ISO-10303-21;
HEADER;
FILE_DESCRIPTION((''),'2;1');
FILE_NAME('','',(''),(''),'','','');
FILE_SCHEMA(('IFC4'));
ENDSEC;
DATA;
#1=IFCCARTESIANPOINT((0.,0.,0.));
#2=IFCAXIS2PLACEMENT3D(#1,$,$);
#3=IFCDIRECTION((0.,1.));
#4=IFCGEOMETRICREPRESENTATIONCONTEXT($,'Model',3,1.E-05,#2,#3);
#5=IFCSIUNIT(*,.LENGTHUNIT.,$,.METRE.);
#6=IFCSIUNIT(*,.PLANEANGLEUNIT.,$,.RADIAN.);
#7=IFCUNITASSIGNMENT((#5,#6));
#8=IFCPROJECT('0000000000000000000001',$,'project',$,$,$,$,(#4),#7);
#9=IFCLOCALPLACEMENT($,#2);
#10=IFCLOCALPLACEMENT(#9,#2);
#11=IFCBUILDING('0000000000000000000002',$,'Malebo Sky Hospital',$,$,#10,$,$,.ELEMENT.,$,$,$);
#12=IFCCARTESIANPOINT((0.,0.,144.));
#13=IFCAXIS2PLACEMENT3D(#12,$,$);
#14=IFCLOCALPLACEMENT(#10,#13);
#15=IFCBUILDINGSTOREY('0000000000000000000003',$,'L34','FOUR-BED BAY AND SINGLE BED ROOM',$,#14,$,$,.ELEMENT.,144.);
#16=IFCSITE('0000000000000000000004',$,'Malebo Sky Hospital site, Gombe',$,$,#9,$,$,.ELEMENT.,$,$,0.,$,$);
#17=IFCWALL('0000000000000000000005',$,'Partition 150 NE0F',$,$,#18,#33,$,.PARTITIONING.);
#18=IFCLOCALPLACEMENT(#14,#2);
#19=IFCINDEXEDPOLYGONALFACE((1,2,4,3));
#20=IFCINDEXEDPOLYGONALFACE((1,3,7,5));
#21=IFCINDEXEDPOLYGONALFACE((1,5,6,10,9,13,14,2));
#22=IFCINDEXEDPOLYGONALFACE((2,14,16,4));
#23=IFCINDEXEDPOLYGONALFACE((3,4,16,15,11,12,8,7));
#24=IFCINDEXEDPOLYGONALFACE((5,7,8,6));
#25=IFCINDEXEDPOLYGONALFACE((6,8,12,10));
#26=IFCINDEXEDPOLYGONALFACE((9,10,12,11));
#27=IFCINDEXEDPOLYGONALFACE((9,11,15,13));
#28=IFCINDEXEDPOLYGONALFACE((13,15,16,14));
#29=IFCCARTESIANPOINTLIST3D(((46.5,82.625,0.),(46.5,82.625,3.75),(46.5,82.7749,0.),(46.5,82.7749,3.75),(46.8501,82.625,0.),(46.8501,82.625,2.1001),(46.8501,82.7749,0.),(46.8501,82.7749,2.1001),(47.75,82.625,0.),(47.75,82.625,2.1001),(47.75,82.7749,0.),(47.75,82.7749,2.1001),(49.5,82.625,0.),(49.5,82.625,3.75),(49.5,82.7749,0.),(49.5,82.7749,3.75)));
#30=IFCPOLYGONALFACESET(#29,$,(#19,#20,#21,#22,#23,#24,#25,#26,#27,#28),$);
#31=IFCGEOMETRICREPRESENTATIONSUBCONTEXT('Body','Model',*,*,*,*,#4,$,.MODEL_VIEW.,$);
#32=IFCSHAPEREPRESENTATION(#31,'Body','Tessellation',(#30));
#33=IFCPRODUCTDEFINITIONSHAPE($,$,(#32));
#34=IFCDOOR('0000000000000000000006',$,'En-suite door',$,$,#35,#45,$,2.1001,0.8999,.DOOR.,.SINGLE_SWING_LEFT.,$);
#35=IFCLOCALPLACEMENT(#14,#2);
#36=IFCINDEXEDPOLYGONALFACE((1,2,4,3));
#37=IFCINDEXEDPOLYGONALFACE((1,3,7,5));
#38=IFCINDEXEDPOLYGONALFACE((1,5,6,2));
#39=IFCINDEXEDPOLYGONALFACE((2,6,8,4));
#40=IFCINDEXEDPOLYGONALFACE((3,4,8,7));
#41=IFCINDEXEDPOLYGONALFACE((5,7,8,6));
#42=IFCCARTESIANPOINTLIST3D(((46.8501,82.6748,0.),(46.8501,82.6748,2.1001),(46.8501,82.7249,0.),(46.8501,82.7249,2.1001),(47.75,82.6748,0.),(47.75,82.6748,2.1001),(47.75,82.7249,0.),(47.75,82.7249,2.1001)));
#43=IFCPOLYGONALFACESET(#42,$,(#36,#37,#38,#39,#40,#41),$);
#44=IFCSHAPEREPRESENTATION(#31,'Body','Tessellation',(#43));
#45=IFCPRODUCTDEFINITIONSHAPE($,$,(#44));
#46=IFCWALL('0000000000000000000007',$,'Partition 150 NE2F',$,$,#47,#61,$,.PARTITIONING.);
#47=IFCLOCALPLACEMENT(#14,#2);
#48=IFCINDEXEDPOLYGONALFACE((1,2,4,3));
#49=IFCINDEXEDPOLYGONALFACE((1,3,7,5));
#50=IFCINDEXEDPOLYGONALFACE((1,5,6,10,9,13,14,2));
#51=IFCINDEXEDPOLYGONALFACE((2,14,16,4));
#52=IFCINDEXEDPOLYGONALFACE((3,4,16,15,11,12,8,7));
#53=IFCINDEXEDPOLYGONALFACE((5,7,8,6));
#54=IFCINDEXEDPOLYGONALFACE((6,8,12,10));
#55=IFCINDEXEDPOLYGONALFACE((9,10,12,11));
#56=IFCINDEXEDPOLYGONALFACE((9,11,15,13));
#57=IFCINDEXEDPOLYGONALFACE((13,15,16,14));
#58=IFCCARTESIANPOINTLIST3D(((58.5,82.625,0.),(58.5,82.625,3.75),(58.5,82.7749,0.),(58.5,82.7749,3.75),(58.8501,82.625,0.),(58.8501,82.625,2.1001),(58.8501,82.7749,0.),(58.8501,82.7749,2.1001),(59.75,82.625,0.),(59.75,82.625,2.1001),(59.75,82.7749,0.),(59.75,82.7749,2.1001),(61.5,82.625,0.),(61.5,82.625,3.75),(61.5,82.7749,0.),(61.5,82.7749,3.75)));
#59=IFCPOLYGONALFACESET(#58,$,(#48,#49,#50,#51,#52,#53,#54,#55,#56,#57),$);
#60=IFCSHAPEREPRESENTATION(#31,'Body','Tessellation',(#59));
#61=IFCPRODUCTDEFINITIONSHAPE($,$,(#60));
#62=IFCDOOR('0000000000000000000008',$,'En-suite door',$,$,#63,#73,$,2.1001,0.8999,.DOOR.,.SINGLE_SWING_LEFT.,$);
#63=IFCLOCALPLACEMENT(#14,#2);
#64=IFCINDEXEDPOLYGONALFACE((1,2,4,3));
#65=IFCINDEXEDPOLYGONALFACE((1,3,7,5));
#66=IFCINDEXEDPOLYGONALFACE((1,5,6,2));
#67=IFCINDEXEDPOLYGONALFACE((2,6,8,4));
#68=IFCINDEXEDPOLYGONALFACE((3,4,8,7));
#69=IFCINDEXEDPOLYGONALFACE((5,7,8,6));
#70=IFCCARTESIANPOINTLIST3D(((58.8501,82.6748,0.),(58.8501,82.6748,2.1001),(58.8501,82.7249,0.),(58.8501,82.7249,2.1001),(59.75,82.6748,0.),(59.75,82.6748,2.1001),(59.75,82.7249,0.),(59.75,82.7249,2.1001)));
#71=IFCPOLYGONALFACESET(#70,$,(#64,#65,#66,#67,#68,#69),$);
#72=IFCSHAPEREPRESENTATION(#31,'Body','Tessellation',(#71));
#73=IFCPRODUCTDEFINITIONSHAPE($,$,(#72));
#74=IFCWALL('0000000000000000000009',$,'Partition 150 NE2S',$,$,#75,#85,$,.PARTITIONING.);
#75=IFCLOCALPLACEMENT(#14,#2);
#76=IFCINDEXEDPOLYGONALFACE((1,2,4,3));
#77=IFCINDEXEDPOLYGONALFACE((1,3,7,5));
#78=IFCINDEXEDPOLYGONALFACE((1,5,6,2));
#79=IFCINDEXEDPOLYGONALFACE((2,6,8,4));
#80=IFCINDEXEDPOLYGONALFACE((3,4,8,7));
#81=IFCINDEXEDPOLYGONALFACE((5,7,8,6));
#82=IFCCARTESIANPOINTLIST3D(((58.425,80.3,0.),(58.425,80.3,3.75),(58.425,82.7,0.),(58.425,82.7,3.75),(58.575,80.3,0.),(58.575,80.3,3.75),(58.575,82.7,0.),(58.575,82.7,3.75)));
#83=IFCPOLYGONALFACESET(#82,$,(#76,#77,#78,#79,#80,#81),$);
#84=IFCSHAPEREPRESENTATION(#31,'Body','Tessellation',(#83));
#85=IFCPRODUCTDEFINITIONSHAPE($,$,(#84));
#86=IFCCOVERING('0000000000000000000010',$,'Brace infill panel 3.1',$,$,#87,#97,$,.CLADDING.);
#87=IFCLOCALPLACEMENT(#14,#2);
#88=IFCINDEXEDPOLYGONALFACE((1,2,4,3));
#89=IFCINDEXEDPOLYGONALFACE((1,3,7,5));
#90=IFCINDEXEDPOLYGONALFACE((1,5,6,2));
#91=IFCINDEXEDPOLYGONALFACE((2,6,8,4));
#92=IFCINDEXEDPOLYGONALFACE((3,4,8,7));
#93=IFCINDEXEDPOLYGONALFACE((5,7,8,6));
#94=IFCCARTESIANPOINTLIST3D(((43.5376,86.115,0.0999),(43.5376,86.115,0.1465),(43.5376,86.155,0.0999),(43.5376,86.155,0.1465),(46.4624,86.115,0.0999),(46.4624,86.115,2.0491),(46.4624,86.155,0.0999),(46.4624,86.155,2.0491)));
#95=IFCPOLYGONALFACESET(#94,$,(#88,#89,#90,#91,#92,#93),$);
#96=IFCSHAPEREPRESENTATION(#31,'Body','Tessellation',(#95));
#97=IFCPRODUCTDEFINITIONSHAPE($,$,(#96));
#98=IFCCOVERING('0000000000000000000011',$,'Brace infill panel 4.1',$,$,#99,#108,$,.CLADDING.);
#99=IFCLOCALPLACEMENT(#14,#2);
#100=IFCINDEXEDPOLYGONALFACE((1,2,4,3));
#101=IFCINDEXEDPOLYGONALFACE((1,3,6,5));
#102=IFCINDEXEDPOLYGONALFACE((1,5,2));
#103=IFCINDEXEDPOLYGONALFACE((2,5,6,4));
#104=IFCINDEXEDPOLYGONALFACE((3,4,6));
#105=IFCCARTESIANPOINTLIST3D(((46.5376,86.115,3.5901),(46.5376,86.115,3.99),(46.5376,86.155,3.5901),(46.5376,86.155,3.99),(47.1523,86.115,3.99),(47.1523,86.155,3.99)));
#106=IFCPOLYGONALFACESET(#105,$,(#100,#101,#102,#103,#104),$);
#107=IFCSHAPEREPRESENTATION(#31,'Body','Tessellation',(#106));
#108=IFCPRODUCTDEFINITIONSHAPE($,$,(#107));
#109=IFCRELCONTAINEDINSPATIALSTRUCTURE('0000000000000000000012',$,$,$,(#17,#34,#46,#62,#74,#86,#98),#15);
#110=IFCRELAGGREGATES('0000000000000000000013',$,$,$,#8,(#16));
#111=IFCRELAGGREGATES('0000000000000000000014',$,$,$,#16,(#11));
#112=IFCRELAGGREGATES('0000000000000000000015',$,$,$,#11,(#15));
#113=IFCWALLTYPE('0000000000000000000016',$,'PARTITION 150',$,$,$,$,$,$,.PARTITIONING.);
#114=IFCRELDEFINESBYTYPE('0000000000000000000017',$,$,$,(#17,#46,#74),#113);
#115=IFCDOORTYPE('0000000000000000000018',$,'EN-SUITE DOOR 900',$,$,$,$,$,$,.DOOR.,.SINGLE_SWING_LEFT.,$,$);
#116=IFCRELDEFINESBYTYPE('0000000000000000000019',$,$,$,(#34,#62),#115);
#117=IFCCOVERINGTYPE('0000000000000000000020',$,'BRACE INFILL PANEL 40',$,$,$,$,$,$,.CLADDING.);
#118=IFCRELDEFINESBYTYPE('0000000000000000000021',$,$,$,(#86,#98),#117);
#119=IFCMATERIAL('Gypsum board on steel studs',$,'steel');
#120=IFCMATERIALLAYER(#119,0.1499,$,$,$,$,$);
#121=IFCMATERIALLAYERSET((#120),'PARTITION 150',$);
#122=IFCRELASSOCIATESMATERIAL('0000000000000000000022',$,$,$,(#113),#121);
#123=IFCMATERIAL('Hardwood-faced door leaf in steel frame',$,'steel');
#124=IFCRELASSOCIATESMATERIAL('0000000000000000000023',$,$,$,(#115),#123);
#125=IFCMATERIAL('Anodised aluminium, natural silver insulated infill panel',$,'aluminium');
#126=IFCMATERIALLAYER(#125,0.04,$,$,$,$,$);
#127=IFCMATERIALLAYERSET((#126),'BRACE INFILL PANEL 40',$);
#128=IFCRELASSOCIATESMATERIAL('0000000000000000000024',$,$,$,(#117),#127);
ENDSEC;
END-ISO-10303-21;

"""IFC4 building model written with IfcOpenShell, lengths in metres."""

from ifc_helpers import new_model, si_unit, direction, frame, frame_2d, origin, place, context, subcontext, project, spatial, polyline, rectangle, outline, extrude, material, layer, layer_set, type_object, element, fill, save


model = new_model("IFC4")

# Units and contexts
model_context = context("Model", 3, precision=1e-05, world=origin(), true_north=direction((0.0, 1.0)))
body_context = subcontext(model_context, "Body", "Model", "MODEL_VIEW")
ifc_project = project(units=[si_unit("LENGTHUNIT", "METRE"), si_unit("PLANEANGLEUNIT", "RADIAN")], contexts=[model_context])

# Site, building, storey
site_placement = place(None, origin())
site = spatial("IfcSite", under=ifc_project, at=site_placement, Name="Malebo Sky Hospital site, Gombe", CompositionType="ELEMENT", RefElevation=0.0)
building_placement = place(site_placement, origin())
building = spatial("IfcBuilding", under=site, at=building_placement, Name="Malebo Sky Hospital", CompositionType="ELEMENT")
storey_placement = place(building_placement, frame((0.0, 0.0, 144.0)))
storey = spatial("IfcBuildingStorey", under=building, at=storey_placement, Name="L34", Description="FOUR-BED BAY AND SINGLE BED ROOM", CompositionType="ELEMENT", Elevation=144.0)

# Shared definitions
ifc_material_1 = material(Name="Gypsum board on steel studs", Category="steel")
ifc_layer_1 = layer(ifc_material_1, 0.1499)
ifc_layer_set_1 = layer_set([ifc_layer_1], Name="PARTITION 150")
wall_type = type_object("IfcWallType", Name="PARTITION 150", PredefinedType="PARTITIONING", material=ifc_layer_set_1)

# Walls, openings, doors
wall_1_placement = place(storey_placement, frame((46.5, 82.7, 0.0), z_axis=(0.0, 0.0, 1.0), x_axis=(1.0, 0.0, 0.0)))
wall_1 = element("IfcWall", 1, at=wall_1_placement, inside=storey, type_object=wall_type, Name="Partition 150 NE0F", PredefinedType="PARTITIONING", context=body_context, shape_type="SweptSolid", body=[
    extrude(rectangle(XDim=3.0, YDim=0.1499, at=frame_2d((1.5, 0.0))), origin(), (0.0, 0.0, 1.0), 3.75),
])
opening_1_placement = place(wall_1_placement, frame((0.3501, 0.0, 0.0)))
opening_1 = element("IfcOpeningElement", 2, at=opening_1_placement, cuts=wall_1, PredefinedType="OPENING", context=body_context, shape_type="SweptSolid", body=[
    extrude(rectangle(XDim=0.8999, YDim=2.1001, at=frame_2d((0.45, 1.05))), frame((0.0, 0.085, 0.0), z_axis=(0.0, -1.0, 0.0), x_axis=(1.0, 0.0, 0.0)), (0.0, 0.0, 1.0), 0.1699),
])
ifc_material_2 = material(Name="Hardwood-faced door leaf in steel frame", Category="steel")
door_type = type_object("IfcDoorType", Name="EN-SUITE DOOR 900", OperationType="SINGLE_SWING_LEFT", PredefinedType="DOOR", material=ifc_material_2)
door_1_placement = place(opening_1_placement, origin())
door_1 = element("IfcDoor", 3, at=door_1_placement, inside=storey, type_object=door_type, Name="En-suite door", OperationType="SINGLE_SWING_LEFT", OverallHeight=2.1001, OverallWidth=0.8999, PredefinedType="DOOR", context=body_context, shape_type="SweptSolid", body=[
    extrude(rectangle(XDim=0.8999, YDim=2.1001, at=frame_2d((0.45, 1.05))), frame((0.0, 0.0249, 0.0), z_axis=(0.0, -1.0, 0.0), x_axis=(1.0, 0.0, 0.0)), (0.0, 0.0, 1.0), 0.05),
])
fill(opening_1, door_1)
wall_2_placement = place(storey_placement, frame((58.5, 82.7, 0.0), z_axis=(0.0, 0.0, 1.0), x_axis=(1.0, 0.0, 0.0)))
wall_2 = element("IfcWall", 4, at=wall_2_placement, inside=storey, type_object=wall_type, Name="Partition 150 NE2F", PredefinedType="PARTITIONING", context=body_context, shape_type="SweptSolid", body=[
    extrude(rectangle(XDim=3.0, YDim=0.1499, at=frame_2d((1.5, 0.0))), origin(), (0.0, 0.0, 1.0), 3.75),
])
opening_2_placement = place(wall_2_placement, frame((0.3501, 0.0, 0.0)))
opening_2 = element("IfcOpeningElement", 5, at=opening_2_placement, cuts=wall_2, PredefinedType="OPENING", context=body_context, shape_type="SweptSolid", body=[
    extrude(rectangle(XDim=0.8999, YDim=2.1001, at=frame_2d((0.45, 1.05))), frame((0.0, 0.085, 0.0), z_axis=(0.0, -1.0, 0.0), x_axis=(1.0, 0.0, 0.0)), (0.0, 0.0, 1.0), 0.1699),
])
door_2_placement = place(opening_2_placement, origin())
door_2 = element("IfcDoor", 6, at=door_2_placement, inside=storey, type_object=door_type, Name="En-suite door", OperationType="SINGLE_SWING_LEFT", OverallHeight=2.1001, OverallWidth=0.8999, PredefinedType="DOOR", context=body_context, shape_type="SweptSolid", body=[
    extrude(rectangle(XDim=0.8999, YDim=2.1001, at=frame_2d((0.45, 1.05))), frame((0.0, 0.0249, 0.0), z_axis=(0.0, -1.0, 0.0), x_axis=(1.0, 0.0, 0.0)), (0.0, 0.0, 1.0), 0.05),
])
fill(opening_2, door_2)

# Wall
wall_3_placement = place(storey_placement, frame((58.5, 80.3, 0.0), z_axis=(0.0, 0.0, 1.0), x_axis=(0.0, 1.0, 0.0)))
element("IfcWall", 7, at=wall_3_placement, inside=storey, type_object=wall_type, Name="Partition 150 NE2S", PredefinedType="PARTITIONING", context=body_context, shape_type="SweptSolid", body=[
    extrude(rectangle(XDim=2.3999, YDim=0.1499, at=frame_2d((1.2, 0.0))), origin(), (0.0, 0.0, 1.0), 3.75),
])

# Coverings
ifc_material_3 = material(Name="Anodised aluminium, natural silver insulated infill panel", Category="aluminium")
ifc_layer_2 = layer(ifc_material_3, 0.04)
ifc_layer_set_2 = layer_set([ifc_layer_2], Name="BRACE INFILL PANEL 40")
covering_type = type_object("IfcCoveringType", Name="BRACE INFILL PANEL 40", PredefinedType="CLADDING", material=ifc_layer_set_2)
covering_1_placement = place(storey_placement, frame((45.0, 86.135, 0.0999), z_axis=(0.0, 0.0, 1.0), x_axis=(1.0, 0.0, 0.0)))
element("IfcCovering", 8, at=covering_1_placement, inside=storey, type_object=covering_type, Name="Brace infill panel 3.1", PredefinedType="CLADDING", context=body_context, shape_type="SweptSolid", body=[
    extrude(outline(polyline([(-1.4624, 0.0), (1.4624, 0.0), (1.4624, 1.9492), (-1.4624, 0.0466), (-1.4624, 0.0)])), frame((0.0, 0.02, 0.0), z_axis=(0.0, -1.0, 0.0), x_axis=(1.0, 0.0, 0.0)), (0.0, 0.0, 1.0), 0.04),
])
covering_2_placement = place(storey_placement, frame((46.845, 86.135, 3.5901), z_axis=(0.0, 0.0, 1.0), x_axis=(1.0, 0.0, 0.0)))
element("IfcCovering", 9, at=covering_2_placement, inside=storey, type_object=covering_type, Name="Brace infill panel 4.1", PredefinedType="CLADDING", context=body_context, shape_type="SweptSolid", body=[
    extrude(outline(polyline([(-0.3074, 0.0), (0.3074, 0.3999), (-0.3074, 0.3999), (-0.3074, 0.0)])), frame((0.0, 0.02, 0.0), z_axis=(0.0, -1.0, 0.0), x_axis=(1.0, 0.0, 0.0)), (0.0, 0.0, 1.0), 0.04),
])

save(model, "model.ifc")
